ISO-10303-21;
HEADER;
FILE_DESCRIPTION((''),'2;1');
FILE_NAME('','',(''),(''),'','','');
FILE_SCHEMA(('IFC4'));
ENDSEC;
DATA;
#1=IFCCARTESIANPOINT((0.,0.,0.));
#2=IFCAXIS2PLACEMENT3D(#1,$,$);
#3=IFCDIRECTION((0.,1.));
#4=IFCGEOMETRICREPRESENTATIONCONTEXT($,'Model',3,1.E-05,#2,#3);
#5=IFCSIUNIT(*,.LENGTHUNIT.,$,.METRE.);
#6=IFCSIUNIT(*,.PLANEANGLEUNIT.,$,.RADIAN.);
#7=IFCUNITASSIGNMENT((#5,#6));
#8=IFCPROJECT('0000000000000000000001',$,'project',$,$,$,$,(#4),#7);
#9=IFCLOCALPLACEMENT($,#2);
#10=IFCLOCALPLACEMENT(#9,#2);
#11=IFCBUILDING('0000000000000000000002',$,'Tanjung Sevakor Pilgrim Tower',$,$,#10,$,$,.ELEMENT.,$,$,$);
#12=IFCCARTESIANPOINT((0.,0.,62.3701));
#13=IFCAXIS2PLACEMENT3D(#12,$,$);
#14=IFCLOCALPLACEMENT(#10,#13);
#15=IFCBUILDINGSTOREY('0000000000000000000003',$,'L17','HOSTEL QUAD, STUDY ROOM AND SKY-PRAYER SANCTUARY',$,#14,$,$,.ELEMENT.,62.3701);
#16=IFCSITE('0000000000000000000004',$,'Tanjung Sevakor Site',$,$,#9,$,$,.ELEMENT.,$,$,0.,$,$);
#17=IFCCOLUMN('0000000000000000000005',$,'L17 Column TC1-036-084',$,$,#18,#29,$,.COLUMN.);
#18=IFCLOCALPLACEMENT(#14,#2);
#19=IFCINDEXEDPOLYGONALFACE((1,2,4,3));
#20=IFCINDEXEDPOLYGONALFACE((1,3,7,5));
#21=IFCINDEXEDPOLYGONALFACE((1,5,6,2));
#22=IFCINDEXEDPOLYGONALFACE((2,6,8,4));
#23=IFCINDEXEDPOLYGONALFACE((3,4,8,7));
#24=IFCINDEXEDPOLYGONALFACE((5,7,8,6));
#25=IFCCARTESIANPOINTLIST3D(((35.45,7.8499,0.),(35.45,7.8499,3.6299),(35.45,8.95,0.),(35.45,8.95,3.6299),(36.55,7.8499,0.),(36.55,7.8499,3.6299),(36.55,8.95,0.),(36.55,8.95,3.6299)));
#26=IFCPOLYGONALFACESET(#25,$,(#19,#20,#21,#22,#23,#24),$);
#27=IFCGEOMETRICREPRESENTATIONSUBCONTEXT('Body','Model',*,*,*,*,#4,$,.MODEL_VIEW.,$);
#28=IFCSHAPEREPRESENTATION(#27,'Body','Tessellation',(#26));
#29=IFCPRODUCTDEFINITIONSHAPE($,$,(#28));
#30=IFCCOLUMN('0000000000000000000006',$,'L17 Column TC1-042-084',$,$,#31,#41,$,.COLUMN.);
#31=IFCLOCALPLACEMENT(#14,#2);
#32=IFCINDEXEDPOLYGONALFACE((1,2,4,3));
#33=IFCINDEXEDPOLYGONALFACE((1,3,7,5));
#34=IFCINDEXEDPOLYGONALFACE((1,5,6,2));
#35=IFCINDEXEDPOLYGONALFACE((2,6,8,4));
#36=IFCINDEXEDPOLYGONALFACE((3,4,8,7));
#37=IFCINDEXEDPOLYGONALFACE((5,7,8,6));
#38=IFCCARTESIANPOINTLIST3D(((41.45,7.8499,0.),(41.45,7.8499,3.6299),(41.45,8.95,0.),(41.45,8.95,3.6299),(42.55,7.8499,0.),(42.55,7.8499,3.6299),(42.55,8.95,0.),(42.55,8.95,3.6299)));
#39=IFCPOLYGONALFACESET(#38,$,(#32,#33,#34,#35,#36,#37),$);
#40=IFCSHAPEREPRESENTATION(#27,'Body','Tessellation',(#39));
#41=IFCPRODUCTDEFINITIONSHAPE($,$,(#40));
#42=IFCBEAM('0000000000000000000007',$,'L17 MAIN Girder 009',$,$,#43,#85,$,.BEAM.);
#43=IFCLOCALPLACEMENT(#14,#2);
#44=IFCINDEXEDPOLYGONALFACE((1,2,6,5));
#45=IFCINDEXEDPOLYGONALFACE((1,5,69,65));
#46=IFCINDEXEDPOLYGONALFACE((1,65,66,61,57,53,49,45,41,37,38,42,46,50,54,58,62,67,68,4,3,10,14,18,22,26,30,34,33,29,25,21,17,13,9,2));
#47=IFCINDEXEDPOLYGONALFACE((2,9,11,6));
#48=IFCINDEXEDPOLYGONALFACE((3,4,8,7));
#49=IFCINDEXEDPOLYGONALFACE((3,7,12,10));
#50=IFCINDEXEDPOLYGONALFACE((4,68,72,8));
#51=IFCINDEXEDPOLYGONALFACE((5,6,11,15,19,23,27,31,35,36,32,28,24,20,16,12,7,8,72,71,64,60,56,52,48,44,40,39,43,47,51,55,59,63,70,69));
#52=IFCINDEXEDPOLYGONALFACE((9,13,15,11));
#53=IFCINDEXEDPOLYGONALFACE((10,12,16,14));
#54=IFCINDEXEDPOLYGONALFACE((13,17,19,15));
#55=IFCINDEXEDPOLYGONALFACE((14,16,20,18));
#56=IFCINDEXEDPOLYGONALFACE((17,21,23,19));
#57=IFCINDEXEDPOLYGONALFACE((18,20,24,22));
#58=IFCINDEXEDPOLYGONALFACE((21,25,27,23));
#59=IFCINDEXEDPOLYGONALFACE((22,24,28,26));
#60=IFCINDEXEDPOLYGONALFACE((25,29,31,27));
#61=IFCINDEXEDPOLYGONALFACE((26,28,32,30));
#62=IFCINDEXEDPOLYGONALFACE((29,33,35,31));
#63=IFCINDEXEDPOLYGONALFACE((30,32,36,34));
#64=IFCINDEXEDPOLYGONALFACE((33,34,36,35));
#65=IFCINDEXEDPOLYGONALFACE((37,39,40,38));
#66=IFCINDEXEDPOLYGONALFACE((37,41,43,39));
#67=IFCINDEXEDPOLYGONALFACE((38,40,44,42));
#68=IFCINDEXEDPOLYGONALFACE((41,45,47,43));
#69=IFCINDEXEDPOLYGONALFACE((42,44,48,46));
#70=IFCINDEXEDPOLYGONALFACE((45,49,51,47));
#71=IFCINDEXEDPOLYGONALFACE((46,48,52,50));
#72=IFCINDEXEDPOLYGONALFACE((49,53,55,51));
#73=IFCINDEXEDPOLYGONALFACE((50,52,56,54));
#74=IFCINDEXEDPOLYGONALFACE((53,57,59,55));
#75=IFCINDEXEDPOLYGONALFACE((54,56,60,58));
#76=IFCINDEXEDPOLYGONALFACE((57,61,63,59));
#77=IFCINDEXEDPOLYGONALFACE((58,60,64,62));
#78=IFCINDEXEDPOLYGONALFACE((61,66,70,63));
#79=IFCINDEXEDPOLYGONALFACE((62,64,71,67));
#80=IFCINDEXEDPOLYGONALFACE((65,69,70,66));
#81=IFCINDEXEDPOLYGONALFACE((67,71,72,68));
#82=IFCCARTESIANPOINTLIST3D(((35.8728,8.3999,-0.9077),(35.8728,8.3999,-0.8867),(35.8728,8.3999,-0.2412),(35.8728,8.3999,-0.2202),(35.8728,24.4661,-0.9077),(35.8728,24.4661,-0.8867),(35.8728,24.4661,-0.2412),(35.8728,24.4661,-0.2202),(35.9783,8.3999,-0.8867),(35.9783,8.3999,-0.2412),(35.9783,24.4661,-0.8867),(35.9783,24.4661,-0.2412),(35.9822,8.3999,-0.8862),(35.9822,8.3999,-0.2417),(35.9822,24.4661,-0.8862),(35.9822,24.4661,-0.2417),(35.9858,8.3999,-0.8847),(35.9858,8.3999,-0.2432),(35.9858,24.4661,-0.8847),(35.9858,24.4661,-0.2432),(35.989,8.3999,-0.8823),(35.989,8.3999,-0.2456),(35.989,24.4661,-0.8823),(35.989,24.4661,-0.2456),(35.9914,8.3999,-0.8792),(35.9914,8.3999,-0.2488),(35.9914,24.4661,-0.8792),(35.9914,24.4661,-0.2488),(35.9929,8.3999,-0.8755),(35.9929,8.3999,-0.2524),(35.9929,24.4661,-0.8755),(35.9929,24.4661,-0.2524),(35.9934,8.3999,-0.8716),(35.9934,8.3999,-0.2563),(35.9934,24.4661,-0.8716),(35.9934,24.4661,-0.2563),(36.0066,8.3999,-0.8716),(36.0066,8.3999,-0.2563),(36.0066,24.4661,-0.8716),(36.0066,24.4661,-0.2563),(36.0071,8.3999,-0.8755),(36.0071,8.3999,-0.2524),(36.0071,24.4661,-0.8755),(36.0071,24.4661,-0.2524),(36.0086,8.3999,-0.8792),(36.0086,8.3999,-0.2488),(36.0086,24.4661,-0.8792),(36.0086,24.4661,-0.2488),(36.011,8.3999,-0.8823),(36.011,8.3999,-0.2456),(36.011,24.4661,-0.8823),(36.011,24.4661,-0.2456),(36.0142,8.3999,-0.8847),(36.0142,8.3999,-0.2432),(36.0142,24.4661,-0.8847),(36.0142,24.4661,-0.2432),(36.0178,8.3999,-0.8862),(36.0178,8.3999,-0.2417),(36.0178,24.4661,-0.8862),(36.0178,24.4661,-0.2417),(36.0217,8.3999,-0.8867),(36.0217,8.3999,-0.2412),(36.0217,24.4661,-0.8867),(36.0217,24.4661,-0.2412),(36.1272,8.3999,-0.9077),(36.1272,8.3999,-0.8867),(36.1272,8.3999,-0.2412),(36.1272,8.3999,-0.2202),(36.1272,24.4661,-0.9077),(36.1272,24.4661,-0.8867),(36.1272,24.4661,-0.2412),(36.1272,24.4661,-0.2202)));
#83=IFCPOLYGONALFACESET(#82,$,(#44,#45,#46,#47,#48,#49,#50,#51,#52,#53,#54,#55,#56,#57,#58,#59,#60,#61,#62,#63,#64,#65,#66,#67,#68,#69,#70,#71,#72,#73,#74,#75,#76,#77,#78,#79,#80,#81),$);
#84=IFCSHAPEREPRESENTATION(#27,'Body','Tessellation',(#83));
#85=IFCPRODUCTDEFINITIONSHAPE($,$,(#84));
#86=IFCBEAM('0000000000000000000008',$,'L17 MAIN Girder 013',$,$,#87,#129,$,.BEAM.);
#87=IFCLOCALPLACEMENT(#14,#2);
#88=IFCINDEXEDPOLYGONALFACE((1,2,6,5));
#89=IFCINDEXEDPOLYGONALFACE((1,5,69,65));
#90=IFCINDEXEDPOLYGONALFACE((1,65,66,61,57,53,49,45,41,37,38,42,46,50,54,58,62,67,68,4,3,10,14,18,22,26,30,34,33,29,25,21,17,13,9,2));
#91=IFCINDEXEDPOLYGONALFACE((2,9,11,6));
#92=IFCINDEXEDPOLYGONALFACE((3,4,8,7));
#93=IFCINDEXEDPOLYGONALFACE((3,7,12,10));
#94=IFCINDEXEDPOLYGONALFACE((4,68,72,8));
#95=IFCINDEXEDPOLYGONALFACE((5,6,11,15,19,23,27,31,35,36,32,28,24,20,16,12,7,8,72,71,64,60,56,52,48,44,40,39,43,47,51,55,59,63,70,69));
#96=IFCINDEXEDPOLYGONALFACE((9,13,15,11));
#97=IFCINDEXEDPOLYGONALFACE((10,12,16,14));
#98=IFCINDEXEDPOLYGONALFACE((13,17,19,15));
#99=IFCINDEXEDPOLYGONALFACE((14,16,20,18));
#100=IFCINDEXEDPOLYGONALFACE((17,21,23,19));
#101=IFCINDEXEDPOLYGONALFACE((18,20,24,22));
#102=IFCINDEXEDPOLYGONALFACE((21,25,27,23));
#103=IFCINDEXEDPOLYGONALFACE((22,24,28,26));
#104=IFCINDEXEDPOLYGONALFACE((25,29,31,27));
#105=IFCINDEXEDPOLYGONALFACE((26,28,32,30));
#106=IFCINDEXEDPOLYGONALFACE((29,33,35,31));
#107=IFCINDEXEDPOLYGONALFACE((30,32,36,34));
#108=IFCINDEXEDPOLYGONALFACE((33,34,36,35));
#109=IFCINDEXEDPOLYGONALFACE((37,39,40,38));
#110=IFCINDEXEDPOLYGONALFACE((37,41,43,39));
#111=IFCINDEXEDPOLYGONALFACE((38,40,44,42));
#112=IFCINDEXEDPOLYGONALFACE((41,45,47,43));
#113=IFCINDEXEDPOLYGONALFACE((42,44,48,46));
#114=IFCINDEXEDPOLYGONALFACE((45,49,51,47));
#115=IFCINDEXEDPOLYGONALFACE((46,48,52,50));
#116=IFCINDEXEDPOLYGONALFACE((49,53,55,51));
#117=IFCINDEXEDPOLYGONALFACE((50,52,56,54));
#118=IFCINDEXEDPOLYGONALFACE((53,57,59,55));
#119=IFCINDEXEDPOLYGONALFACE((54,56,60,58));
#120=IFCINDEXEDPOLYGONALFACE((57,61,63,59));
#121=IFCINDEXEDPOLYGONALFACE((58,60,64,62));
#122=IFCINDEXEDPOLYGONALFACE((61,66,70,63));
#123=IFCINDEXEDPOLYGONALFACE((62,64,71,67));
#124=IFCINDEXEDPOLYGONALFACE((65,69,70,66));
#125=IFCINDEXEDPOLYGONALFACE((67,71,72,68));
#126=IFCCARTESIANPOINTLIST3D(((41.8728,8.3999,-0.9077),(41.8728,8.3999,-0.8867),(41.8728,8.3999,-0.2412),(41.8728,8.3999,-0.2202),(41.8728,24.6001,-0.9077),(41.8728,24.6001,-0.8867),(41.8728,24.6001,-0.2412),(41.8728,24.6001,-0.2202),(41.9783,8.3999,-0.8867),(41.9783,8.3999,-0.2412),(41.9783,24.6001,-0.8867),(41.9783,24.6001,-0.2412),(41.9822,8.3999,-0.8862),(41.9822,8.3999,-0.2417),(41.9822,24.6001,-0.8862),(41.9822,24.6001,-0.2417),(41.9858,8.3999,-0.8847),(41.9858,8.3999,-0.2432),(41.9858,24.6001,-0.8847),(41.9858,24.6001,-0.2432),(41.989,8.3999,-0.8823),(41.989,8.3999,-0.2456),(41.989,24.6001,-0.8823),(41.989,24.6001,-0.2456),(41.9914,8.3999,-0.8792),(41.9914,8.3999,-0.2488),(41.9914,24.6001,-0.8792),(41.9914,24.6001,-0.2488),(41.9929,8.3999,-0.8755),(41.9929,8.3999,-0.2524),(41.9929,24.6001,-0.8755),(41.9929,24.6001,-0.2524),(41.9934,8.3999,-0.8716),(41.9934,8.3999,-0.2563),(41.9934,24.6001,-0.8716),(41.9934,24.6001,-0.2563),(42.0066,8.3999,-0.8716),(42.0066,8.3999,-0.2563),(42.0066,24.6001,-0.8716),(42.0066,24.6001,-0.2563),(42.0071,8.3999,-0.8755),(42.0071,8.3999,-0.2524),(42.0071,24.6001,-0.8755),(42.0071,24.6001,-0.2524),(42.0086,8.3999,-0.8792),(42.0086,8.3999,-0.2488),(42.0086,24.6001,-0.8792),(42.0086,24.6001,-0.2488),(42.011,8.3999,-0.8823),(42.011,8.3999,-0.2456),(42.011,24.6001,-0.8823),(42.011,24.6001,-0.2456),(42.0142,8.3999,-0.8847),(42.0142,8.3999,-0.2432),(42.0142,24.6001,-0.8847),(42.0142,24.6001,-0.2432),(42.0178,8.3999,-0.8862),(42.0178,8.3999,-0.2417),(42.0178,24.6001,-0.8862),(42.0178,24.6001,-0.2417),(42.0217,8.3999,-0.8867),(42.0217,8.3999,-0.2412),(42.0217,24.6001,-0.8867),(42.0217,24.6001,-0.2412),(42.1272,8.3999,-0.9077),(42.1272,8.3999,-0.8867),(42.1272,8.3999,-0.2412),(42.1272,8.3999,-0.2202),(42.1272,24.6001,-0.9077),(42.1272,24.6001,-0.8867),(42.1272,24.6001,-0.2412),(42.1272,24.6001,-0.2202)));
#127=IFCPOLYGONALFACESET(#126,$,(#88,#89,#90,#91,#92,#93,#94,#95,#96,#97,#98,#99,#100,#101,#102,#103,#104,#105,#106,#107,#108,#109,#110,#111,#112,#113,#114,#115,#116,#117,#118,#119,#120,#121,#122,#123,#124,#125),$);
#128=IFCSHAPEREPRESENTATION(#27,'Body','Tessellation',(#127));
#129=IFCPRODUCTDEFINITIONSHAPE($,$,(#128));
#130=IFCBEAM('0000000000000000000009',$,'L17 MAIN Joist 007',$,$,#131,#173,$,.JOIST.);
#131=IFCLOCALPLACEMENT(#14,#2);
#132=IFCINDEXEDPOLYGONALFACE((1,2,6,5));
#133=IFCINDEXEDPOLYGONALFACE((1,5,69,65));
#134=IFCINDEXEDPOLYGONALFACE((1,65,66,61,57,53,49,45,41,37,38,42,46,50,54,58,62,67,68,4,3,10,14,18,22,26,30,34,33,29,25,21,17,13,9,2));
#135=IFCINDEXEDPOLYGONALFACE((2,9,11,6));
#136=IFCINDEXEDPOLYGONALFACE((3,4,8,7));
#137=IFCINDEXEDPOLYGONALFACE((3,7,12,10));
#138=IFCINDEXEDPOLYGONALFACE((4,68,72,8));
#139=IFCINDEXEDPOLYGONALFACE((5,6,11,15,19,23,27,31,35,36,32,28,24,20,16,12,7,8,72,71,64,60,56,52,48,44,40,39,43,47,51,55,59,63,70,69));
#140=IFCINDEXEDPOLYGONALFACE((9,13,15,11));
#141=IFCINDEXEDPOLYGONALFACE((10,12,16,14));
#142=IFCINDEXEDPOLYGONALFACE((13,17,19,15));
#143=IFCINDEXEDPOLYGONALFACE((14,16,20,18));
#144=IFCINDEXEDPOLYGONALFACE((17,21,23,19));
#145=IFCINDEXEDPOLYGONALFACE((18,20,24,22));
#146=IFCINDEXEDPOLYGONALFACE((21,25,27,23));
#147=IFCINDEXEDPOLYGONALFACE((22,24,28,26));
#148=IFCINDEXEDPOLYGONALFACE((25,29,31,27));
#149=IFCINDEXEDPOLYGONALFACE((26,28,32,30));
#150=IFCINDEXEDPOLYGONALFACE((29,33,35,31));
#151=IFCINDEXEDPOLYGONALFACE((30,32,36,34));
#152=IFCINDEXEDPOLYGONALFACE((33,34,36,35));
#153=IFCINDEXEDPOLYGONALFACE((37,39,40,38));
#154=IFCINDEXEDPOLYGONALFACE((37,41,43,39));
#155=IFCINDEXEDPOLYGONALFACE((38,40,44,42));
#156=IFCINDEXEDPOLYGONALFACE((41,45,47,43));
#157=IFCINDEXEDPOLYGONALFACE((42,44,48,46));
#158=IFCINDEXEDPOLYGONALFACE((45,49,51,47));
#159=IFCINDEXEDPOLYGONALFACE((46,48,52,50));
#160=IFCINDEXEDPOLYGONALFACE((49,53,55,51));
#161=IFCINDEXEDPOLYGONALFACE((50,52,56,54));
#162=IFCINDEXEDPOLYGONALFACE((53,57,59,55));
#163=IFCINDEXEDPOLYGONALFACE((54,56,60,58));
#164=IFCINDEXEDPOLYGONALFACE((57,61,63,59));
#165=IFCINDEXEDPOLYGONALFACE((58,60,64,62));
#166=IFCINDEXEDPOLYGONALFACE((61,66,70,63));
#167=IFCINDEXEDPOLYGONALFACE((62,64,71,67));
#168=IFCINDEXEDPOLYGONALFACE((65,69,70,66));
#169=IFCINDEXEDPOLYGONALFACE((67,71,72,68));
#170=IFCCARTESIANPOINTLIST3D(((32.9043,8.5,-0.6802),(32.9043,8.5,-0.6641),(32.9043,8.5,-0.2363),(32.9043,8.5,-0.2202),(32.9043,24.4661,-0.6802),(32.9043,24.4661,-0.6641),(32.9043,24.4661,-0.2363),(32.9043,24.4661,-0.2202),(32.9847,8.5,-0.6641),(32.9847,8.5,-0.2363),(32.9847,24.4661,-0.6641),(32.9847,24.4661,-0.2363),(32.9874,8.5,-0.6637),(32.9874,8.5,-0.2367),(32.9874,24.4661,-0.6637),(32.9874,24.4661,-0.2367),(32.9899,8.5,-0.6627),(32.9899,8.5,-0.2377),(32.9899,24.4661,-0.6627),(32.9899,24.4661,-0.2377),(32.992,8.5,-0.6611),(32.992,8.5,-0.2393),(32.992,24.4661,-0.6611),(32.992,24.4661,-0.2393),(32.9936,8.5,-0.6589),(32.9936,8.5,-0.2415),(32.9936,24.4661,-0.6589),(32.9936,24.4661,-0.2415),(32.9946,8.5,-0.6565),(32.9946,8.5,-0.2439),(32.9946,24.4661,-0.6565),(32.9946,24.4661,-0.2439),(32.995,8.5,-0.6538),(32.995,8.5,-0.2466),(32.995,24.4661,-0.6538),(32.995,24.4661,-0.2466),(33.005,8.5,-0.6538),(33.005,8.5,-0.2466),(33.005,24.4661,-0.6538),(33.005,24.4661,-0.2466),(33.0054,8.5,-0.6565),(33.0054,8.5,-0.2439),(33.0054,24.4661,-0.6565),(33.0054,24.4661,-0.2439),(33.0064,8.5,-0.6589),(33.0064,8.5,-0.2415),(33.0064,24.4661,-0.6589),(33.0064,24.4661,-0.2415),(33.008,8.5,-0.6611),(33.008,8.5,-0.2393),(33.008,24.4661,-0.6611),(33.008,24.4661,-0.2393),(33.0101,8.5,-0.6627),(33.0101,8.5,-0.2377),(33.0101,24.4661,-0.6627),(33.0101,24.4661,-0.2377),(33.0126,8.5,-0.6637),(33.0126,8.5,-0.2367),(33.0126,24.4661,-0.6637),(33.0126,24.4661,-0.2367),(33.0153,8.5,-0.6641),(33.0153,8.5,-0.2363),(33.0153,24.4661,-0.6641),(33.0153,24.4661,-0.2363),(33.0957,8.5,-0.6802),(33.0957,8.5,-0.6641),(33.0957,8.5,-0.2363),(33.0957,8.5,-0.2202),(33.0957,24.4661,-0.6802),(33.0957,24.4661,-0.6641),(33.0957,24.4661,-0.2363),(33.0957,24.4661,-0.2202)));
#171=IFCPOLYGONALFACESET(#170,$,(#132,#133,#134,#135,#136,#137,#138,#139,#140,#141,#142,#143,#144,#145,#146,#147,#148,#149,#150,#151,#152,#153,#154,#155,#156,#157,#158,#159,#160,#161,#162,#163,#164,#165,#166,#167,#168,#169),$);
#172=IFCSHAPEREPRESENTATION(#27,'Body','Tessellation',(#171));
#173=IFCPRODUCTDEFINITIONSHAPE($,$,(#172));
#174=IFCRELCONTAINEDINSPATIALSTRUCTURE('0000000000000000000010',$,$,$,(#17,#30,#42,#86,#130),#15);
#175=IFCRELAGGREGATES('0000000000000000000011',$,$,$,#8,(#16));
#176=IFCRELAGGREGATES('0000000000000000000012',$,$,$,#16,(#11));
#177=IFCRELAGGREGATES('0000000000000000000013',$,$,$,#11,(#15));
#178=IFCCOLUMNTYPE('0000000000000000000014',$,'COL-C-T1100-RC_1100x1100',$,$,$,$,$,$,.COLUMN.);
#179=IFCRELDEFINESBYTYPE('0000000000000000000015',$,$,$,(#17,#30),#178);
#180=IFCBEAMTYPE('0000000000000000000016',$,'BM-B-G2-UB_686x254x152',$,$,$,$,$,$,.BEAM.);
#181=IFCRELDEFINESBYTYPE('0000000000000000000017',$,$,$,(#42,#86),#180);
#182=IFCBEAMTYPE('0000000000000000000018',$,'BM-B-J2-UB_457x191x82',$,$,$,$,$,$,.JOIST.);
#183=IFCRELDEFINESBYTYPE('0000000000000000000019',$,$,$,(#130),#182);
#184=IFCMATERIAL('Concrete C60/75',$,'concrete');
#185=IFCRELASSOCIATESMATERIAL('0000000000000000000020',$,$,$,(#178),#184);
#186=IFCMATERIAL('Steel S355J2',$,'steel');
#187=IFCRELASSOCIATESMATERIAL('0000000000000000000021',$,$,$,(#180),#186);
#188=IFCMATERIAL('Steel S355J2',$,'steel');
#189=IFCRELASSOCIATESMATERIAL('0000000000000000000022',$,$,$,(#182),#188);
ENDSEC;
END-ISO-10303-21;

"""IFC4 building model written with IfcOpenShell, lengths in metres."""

from ifc_helpers import new_model, si_unit, direction, frame, origin, origin_2d, place, context, subcontext, project, spatial, rectangle, i_section, extrude, material, material_profile, profile_set, type_object, element, save


model = new_model("IFC4")

# Units and contexts
model_context = context("Model", 3, precision=1e-05, world=origin(), true_north=direction((0.0, 1.0)))
body_context = subcontext(model_context, "Body", "Model", "MODEL_VIEW")
ifc_project = project(units=[si_unit("LENGTHUNIT", "METRE"), si_unit("PLANEANGLEUNIT", "RADIAN")], contexts=[model_context])

# Site, building, storey
site_placement = place(None, origin())
site = spatial("IfcSite", under=ifc_project, at=site_placement, Name="Tanjung Sevakor Site", CompositionType="ELEMENT", RefElevation=0.0)
building_placement = place(site_placement, origin())
building = spatial("IfcBuilding", under=site, at=building_placement, Name="Tanjung Sevakor Pilgrim Tower", CompositionType="ELEMENT")
storey_placement = place(building_placement, frame((0.0, 0.0, 62.3701)))
storey = spatial("IfcBuildingStorey", under=building, at=storey_placement, Name="L17", Description="HOSTEL QUAD, STUDY ROOM AND SKY-PRAYER SANCTUARY", CompositionType="ELEMENT", Elevation=62.3701)

# Columns
ifc_material_1 = material(Name="Concrete C60/75", Category="concrete")
ifc_material_profile_1 = material_profile(ifc_material_1, rectangle(XDim=1.1001, YDim=1.1001, at=origin_2d()))
ifc_profile_set_1 = profile_set([ifc_material_profile_1], Name="Concrete C60/75")
column_type = type_object("IfcColumnType", Name="COL-C-T1100-RC_1100x1100", PredefinedType="COLUMN", material=ifc_profile_set_1)
for number, where, z_axis, x_axis, name in (
    (1, (36.0, 8.3999, 0.0), (0.0, 0.0, 1.0), (1.0, 0.0, 0.0), "L17 Column TC1-036-084"),
    (2, (42.0, 8.3999, 0.0), (0.0, 0.0, 1.0), (1.0, 0.0, 0.0), "L17 Column TC1-042-084"),
):
    element("IfcColumn", number, at=place(storey_placement, frame(where, z_axis=z_axis, x_axis=x_axis)), inside=storey, type_object=column_type, Name=name, PredefinedType="COLUMN", context=body_context, shape_type="SweptSolid", body=[
        extrude(rectangle(XDim=1.1001, YDim=1.1001, at=origin_2d()), origin(), (0.0, 0.0, 1.0), 3.6299),
    ])

# Beams
ifc_material_2 = material(Name="Steel S355J2", Category="steel")
ifc_material_profile_2 = material_profile(ifc_material_2, i_section(OverallWidth=0.2544, OverallDepth=0.6875, WebThickness=0.0132, FlangeThickness=0.021, FilletRadius=0.0151, at=origin_2d()))
ifc_profile_set_2 = profile_set([ifc_material_profile_2], Name="Steel S355J2")
beam_type_1 = type_object("IfcBeamType", Name="BM-B-G2-UB_686x254x152", PredefinedType="BEAM", material=ifc_profile_set_2)
beam_1_placement = place(storey_placement, frame((36.0, 8.3999, -0.564), z_axis=(0.0, 1.0, 0.0), x_axis=(-1.0, 0.0, 0.0)))
element("IfcBeam", 3, at=beam_1_placement, inside=storey, type_object=beam_type_1, Name="L17 MAIN Girder 009", PredefinedType="BEAM", context=body_context, shape_type="SweptSolid", body=[
    extrude(i_section(OverallWidth=0.2544, OverallDepth=0.6875, WebThickness=0.0132, FlangeThickness=0.021, FilletRadius=0.0151, at=origin_2d()), origin(), (0.0, 0.0, 1.0), 16.0662),
])
beam_2_placement = place(storey_placement, frame((42.0, 8.3999, -0.564), z_axis=(0.0, 1.0, 0.0), x_axis=(-1.0, 0.0, 0.0)))
element("IfcBeam", 4, at=beam_2_placement, inside=storey, type_object=beam_type_1, Name="L17 MAIN Girder 013", PredefinedType="BEAM", context=body_context, shape_type="SweptSolid", body=[
    extrude(i_section(OverallWidth=0.2544, OverallDepth=0.6875, WebThickness=0.0132, FlangeThickness=0.021, FilletRadius=0.0151, at=origin_2d()), origin(), (0.0, 0.0, 1.0), 16.2002),
])
ifc_material_3 = material(Name="Steel S355J2", Category="steel")
ifc_material_profile_3 = material_profile(ifc_material_3, i_section(OverallWidth=0.1914, OverallDepth=0.46, WebThickness=0.01, FlangeThickness=0.0161, FilletRadius=0.0103, at=origin_2d()))
ifc_profile_set_3 = profile_set([ifc_material_profile_3], Name="Steel S355J2")
beam_type_2 = type_object("IfcBeamType", Name="BM-B-J2-UB_457x191x82", PredefinedType="JOIST", material=ifc_profile_set_3)
for number, where, z_axis, x_axis, name in (
    (5, (33.0, 8.5, -0.4502), (0.0, 1.0, 0.0), (-1.0, 0.0, 0.0), "L17 MAIN Joist 007"),
):
    element("IfcBeam", number, at=place(storey_placement, frame(where, z_axis=z_axis, x_axis=x_axis)), inside=storey, type_object=beam_type_2, Name=name, PredefinedType="JOIST", context=body_context, shape_type="SweptSolid", body=[
        extrude(i_section(OverallWidth=0.1914, OverallDepth=0.46, WebThickness=0.01, FlangeThickness=0.0161, FilletRadius=0.0103, at=origin_2d()), origin(), (0.0, 0.0, 1.0), 15.9661),
    ])

save(model, "model.ifc")
